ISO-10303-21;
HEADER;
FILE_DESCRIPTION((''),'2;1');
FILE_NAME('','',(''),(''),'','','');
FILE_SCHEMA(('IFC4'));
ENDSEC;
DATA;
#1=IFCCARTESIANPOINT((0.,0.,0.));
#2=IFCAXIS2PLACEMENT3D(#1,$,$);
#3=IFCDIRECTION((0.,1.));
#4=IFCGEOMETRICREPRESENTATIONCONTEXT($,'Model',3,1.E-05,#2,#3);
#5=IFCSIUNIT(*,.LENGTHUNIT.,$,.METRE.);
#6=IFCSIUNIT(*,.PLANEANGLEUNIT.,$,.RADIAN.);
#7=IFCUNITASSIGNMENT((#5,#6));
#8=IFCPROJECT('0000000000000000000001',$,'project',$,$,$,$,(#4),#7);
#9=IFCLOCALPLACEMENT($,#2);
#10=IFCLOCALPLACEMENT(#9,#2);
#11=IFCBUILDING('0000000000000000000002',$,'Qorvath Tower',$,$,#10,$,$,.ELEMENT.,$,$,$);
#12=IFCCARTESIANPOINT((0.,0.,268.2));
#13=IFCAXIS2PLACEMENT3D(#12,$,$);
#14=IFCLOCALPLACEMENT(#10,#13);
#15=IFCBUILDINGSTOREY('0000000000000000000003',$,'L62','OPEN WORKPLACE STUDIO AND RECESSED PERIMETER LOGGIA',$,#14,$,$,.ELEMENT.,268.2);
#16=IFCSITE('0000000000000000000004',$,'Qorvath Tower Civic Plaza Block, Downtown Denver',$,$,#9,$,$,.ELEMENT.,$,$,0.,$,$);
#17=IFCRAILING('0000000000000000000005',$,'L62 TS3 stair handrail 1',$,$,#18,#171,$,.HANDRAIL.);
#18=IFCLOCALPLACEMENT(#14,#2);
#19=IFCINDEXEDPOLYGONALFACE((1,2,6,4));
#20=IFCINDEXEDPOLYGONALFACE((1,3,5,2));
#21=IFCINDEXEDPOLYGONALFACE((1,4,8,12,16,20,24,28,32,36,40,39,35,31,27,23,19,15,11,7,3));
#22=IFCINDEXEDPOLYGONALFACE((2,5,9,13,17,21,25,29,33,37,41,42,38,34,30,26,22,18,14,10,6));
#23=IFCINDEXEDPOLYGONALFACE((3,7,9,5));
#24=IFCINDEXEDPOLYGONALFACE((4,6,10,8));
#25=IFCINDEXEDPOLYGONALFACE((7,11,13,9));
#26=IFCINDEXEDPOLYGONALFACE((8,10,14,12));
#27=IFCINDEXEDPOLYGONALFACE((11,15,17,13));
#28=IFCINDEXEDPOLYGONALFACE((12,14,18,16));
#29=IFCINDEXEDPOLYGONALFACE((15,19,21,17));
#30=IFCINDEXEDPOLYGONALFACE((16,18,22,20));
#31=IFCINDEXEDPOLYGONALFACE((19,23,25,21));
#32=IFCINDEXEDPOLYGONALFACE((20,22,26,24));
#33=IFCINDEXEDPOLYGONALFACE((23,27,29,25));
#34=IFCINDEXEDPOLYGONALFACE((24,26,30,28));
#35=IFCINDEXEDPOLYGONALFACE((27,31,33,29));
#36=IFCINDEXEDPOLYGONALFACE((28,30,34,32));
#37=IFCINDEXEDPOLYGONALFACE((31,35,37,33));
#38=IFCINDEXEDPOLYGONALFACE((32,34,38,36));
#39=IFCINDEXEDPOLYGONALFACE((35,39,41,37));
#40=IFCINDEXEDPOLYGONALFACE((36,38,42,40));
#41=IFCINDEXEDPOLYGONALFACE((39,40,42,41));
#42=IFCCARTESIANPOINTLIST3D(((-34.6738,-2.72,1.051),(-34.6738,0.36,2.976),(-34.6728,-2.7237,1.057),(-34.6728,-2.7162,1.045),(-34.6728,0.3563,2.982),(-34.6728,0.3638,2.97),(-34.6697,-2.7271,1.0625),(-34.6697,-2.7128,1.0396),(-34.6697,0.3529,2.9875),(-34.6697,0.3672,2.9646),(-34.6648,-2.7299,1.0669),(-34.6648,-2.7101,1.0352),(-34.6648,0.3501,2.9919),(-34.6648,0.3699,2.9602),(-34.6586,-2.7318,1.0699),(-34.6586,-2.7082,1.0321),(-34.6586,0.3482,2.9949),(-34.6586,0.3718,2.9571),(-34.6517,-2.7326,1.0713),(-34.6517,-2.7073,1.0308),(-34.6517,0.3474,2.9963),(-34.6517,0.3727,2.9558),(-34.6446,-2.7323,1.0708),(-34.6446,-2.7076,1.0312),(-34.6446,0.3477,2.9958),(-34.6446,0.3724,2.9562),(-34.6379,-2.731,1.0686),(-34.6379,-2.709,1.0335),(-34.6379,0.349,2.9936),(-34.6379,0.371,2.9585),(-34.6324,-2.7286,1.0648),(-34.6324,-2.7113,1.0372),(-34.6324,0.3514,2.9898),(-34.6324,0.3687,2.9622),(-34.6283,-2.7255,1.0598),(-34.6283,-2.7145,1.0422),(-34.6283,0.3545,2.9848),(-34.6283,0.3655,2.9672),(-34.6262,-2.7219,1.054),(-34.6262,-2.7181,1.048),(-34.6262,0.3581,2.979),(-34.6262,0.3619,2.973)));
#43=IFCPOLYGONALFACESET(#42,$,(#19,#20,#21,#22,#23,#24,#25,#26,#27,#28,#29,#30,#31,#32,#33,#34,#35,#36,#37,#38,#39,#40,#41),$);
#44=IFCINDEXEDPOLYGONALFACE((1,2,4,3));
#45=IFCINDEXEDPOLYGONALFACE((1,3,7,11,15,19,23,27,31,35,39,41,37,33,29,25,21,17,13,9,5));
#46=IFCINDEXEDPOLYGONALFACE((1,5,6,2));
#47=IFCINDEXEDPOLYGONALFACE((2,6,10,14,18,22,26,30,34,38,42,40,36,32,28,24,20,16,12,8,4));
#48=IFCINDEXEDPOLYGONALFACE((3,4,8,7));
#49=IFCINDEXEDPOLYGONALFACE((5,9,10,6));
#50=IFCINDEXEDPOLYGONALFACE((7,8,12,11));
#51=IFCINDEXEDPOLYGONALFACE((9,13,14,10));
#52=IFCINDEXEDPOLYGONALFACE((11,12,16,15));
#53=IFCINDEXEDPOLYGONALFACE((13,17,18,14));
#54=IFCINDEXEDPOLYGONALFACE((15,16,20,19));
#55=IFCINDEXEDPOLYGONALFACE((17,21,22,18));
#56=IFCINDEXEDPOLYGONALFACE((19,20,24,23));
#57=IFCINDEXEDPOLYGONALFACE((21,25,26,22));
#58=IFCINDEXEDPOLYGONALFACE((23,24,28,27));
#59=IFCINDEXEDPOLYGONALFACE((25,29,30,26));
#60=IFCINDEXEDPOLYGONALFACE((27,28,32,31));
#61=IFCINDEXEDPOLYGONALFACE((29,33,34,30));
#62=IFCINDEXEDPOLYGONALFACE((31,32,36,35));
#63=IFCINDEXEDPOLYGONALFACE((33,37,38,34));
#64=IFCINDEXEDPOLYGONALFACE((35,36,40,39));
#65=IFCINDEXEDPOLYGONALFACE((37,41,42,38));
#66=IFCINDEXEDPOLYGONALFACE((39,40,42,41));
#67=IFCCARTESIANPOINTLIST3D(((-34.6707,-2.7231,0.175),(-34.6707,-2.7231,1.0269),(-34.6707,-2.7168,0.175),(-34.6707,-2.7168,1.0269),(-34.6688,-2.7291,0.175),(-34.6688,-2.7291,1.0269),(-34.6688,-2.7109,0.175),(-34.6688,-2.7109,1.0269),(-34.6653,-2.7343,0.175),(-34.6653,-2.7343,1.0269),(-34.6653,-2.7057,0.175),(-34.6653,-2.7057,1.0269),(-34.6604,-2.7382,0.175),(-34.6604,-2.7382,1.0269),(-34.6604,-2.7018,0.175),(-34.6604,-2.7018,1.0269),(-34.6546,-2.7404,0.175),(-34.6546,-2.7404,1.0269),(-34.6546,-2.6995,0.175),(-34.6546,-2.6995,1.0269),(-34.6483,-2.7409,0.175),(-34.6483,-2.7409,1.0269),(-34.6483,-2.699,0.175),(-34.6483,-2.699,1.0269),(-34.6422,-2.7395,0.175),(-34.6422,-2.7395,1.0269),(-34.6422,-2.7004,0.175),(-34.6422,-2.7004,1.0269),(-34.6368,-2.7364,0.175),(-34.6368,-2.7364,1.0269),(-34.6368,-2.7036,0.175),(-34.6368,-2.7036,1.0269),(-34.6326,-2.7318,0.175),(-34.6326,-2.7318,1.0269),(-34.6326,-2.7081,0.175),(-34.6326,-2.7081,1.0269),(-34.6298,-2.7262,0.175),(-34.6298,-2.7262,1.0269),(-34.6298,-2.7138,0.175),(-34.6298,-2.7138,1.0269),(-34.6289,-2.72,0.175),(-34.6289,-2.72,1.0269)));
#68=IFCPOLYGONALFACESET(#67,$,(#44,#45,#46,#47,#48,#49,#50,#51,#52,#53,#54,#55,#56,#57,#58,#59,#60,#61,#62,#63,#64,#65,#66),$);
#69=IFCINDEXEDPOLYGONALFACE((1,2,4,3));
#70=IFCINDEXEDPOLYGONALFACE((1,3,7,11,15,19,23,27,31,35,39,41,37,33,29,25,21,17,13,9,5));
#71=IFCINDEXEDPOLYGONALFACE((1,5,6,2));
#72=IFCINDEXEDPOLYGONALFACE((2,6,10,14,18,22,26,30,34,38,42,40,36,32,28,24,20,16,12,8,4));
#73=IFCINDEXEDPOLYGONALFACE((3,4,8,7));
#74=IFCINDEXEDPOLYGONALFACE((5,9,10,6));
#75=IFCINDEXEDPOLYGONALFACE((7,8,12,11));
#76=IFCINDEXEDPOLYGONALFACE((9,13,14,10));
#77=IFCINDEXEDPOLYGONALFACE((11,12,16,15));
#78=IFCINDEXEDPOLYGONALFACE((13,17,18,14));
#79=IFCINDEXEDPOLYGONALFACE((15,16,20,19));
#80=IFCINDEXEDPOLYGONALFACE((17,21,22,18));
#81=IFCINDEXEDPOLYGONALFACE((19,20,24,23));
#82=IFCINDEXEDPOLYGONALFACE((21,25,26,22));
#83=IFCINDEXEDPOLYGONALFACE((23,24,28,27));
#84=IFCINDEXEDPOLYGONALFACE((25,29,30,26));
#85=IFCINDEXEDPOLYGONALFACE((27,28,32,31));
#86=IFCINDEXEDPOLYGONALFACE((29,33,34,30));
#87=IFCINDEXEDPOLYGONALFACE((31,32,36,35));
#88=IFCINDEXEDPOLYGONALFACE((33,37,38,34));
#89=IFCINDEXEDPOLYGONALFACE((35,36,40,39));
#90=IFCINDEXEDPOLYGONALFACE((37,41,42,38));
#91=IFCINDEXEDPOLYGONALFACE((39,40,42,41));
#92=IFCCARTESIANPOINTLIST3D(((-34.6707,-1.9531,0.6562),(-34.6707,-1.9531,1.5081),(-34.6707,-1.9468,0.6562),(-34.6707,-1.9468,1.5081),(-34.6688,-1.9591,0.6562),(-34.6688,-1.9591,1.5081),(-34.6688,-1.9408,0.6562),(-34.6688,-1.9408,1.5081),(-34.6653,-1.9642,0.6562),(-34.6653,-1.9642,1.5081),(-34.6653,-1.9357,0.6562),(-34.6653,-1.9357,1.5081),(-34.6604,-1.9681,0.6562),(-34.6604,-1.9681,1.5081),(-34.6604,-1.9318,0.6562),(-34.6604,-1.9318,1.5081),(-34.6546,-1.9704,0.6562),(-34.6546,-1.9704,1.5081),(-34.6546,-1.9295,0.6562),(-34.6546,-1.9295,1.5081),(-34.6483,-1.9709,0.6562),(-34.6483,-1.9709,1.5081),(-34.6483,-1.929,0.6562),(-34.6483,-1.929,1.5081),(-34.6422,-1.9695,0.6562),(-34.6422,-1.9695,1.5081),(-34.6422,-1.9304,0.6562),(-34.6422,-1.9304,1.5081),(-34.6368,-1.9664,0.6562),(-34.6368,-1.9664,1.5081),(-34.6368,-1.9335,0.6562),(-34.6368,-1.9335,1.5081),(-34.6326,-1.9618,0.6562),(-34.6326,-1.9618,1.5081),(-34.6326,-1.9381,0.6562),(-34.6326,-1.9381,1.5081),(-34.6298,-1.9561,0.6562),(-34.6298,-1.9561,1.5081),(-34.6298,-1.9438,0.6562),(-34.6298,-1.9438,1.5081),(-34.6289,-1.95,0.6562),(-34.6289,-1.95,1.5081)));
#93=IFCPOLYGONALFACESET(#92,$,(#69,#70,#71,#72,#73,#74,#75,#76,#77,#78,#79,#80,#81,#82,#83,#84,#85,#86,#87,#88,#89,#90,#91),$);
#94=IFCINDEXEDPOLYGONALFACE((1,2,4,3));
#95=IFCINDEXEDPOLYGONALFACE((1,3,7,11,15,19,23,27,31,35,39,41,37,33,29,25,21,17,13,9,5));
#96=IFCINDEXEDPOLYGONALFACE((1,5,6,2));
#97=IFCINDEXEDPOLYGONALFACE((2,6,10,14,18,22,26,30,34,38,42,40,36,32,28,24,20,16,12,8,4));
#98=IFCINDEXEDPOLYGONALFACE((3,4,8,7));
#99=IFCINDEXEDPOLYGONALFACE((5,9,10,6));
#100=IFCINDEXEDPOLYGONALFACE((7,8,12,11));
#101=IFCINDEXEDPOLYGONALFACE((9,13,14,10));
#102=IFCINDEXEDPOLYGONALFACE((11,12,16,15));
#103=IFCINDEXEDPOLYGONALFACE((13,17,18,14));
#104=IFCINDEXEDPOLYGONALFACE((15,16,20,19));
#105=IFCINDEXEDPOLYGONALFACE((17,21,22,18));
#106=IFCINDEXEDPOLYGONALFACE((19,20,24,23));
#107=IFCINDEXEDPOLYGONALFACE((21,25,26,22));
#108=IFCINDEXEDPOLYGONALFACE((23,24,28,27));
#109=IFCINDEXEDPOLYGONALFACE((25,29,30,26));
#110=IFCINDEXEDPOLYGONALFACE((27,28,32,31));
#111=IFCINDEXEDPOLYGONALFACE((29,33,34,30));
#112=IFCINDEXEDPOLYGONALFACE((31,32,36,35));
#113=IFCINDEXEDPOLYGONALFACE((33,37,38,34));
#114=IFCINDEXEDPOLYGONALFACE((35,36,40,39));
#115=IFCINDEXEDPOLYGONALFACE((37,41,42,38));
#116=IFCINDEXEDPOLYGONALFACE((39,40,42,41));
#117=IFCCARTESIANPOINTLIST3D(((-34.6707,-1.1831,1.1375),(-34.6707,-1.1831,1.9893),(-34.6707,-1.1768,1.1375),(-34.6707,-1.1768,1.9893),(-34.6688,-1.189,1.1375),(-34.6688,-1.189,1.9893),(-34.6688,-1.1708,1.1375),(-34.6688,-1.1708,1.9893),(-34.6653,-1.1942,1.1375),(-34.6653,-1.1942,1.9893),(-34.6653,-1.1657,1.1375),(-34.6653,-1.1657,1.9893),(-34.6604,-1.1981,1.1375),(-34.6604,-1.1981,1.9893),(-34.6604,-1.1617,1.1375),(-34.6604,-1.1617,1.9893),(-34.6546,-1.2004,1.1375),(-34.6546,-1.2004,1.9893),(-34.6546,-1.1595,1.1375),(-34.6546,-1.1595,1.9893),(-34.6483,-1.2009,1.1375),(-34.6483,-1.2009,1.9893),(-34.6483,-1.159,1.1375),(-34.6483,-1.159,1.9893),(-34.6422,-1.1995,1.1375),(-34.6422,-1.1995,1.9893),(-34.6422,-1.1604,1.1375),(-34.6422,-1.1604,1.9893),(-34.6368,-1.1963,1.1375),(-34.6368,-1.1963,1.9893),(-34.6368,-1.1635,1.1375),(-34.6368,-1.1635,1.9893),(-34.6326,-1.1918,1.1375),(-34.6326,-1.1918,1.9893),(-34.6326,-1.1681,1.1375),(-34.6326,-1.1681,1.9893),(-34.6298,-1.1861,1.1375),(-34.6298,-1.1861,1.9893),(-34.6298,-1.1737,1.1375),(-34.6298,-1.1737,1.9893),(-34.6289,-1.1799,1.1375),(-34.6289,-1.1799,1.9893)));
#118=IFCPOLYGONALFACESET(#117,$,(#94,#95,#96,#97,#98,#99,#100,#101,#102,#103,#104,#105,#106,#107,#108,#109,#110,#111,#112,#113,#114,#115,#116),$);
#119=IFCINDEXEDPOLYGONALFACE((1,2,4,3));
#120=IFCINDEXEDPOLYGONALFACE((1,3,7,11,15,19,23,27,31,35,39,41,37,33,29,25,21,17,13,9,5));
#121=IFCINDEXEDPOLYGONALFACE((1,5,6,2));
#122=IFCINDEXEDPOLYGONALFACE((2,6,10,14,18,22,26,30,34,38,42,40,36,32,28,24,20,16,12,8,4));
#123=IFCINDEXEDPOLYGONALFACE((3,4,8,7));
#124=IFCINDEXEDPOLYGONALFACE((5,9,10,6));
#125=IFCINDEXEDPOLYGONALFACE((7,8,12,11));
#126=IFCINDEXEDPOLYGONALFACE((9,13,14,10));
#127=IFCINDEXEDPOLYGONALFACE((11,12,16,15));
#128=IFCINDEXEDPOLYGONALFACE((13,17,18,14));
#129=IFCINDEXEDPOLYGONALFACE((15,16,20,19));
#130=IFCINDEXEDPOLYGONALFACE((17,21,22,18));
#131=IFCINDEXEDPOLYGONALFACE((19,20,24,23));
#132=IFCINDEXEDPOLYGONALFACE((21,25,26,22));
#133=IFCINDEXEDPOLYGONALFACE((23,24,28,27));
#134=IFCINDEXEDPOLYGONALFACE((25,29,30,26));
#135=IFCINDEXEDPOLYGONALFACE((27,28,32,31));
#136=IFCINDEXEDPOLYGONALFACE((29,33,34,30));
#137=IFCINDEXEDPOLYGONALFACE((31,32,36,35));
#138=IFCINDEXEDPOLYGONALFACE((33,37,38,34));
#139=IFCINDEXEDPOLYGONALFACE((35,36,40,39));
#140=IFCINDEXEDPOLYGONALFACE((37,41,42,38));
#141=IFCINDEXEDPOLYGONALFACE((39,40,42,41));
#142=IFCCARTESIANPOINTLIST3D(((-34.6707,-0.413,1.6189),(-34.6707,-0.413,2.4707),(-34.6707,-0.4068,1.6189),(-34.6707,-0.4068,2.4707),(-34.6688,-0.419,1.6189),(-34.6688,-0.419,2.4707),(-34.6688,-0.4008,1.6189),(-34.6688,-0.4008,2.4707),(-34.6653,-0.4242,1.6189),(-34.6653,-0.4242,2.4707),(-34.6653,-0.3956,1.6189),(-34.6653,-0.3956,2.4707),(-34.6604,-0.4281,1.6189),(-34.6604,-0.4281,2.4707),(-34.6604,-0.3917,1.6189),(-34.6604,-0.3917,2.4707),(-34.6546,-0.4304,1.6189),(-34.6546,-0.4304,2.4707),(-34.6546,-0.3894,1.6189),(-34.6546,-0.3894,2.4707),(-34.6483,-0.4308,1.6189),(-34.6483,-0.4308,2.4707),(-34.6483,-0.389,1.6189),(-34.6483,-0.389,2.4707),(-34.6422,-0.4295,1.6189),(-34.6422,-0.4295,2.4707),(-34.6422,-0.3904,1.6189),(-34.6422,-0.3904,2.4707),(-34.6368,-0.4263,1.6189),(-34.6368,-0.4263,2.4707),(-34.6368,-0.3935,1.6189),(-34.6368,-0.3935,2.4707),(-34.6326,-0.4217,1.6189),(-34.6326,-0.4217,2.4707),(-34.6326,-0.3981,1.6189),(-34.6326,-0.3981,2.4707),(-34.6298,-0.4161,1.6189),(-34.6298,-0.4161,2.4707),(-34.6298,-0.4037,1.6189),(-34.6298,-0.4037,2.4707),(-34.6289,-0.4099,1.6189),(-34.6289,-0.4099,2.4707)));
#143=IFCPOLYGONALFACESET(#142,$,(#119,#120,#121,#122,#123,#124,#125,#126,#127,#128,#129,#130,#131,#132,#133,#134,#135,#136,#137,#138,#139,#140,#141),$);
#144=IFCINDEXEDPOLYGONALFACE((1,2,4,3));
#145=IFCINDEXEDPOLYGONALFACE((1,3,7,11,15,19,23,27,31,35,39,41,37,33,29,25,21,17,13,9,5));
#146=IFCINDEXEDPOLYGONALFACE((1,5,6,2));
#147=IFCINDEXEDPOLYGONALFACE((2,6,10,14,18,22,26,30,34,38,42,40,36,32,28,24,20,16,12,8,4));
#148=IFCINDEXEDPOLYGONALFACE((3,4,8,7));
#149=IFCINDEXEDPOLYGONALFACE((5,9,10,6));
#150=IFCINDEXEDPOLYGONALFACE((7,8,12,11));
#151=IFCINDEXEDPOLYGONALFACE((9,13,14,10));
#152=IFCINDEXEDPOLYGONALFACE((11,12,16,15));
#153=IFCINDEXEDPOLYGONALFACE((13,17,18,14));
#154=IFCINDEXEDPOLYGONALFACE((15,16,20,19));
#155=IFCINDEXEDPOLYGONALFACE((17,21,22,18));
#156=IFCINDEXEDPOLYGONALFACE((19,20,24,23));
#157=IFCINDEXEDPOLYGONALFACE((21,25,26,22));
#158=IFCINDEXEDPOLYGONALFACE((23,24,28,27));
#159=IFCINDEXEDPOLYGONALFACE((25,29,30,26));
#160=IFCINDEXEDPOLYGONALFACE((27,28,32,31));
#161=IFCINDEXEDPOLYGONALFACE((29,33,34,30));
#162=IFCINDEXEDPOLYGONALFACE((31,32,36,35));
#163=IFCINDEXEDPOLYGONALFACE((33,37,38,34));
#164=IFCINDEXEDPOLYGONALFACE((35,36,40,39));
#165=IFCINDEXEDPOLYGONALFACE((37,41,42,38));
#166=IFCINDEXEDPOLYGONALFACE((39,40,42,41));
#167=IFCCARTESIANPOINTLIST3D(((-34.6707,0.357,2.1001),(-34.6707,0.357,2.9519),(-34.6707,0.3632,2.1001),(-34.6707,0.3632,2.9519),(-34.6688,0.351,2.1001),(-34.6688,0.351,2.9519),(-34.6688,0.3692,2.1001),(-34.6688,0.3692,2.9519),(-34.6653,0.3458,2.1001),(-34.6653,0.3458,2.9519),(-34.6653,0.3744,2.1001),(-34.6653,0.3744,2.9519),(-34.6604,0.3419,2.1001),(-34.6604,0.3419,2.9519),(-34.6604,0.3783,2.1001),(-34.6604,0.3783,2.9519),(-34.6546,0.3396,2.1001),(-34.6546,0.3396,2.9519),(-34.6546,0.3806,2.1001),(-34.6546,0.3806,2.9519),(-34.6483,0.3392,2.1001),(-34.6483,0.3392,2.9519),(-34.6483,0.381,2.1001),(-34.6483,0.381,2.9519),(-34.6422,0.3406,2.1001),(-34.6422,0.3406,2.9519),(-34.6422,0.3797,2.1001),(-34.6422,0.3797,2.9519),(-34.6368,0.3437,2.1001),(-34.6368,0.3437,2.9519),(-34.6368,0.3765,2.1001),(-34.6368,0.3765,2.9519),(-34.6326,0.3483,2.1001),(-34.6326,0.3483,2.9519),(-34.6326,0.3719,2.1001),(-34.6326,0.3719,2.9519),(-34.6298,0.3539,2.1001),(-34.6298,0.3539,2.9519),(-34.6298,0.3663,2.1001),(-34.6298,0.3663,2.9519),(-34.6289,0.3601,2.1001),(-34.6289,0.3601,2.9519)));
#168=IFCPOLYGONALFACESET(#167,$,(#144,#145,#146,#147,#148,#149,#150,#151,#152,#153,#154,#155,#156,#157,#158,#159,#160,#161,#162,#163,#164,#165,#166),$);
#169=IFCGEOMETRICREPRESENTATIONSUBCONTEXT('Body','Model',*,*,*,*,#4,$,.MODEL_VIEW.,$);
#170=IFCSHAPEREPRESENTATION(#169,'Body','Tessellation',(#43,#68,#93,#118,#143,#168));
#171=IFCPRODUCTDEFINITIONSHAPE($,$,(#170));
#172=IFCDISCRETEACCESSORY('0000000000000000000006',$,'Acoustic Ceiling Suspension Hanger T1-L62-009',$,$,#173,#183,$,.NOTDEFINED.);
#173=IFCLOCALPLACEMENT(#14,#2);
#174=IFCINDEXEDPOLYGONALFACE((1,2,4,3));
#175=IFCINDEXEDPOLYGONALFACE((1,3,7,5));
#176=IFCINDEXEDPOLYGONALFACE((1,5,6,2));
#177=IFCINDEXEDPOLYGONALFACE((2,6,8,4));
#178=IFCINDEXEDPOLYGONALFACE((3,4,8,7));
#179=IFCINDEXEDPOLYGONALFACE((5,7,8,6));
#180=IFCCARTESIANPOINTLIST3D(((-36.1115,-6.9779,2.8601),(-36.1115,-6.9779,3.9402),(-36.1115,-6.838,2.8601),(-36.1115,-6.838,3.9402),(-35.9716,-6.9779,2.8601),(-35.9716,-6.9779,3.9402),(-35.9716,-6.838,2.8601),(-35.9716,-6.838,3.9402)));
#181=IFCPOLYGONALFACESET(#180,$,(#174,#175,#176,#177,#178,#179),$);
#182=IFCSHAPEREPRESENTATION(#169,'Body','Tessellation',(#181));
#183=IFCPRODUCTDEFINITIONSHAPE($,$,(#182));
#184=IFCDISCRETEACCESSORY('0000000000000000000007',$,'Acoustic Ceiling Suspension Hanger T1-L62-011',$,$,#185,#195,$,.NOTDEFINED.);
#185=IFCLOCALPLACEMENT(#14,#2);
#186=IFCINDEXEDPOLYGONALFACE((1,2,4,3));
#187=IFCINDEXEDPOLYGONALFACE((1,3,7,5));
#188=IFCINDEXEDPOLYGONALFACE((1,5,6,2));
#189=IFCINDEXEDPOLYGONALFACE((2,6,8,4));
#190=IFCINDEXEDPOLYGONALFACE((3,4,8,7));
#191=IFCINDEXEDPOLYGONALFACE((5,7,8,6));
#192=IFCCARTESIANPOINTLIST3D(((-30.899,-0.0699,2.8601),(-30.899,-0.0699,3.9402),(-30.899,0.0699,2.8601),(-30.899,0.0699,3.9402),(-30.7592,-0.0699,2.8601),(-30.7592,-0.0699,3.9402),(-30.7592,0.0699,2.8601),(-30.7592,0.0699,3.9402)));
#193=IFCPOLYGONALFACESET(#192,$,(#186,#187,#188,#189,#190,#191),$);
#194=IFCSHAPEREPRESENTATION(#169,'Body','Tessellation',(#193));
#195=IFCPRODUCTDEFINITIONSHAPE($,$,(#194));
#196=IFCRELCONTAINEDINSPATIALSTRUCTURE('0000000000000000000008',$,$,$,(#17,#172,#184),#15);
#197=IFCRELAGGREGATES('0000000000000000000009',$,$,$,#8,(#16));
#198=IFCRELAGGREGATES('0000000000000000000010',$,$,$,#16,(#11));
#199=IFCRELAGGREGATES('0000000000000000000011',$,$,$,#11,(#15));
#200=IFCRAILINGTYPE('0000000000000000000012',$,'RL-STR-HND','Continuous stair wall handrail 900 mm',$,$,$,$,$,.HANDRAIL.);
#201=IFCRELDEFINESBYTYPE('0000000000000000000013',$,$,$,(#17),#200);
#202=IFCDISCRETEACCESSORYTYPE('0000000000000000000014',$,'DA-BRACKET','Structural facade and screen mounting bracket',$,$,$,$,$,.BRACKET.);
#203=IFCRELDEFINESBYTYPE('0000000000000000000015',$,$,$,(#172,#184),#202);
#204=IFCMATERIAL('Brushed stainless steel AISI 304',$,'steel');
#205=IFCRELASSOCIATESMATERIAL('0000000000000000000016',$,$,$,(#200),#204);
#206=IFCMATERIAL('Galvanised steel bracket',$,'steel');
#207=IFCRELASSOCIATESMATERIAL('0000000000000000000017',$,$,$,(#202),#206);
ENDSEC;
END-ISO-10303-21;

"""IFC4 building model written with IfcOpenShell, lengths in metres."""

from ifc_helpers import new_model, si_unit, direction, frame, origin, origin_2d, place, context, subcontext, project, spatial, rectangle, circle, extrude, material, type_object, element, save


model = new_model("IFC4")

# Units and contexts
model_context = context("Model", 3, precision=1e-05, world=origin(), true_north=direction((0.0, 1.0)))
body_context = subcontext(model_context, "Body", "Model", "MODEL_VIEW")
ifc_project = project(units=[si_unit("LENGTHUNIT", "METRE"), si_unit("PLANEANGLEUNIT", "RADIAN")], contexts=[model_context])

# Site, building, storey
site_placement = place(None, origin())
site = spatial("IfcSite", under=ifc_project, at=site_placement, Name="Qorvath Tower Civic Plaza Block, Downtown Denver", CompositionType="ELEMENT", RefElevation=0.0)
building_placement = place(site_placement, origin())
building = spatial("IfcBuilding", under=site, at=building_placement, Name="Qorvath Tower", CompositionType="ELEMENT")
storey_placement = place(building_placement, frame((0.0, 0.0, 268.2)))
storey = spatial("IfcBuildingStorey", under=building, at=storey_placement, Name="L62", Description="OPEN WORKPLACE STUDIO AND RECESSED PERIMETER LOGGIA", CompositionType="ELEMENT", Elevation=268.2)

# Railing
ifc_material_1 = material(Name="Brushed stainless steel AISI 304", Category="steel")
railing_type_1 = type_object("IfcRailingType", Name="RL-STR-HND", Description="Continuous stair wall handrail 900 mm", PredefinedType="HANDRAIL", material=ifc_material_1)
railing_1_placement = place(storey_placement, frame((-34.6499, -2.72, 0.175)))
element("IfcRailing", 1, at=railing_1_placement, inside=storey, type_object=railing_type_1, Name="L62 TS3 stair handrail 1", PredefinedType="HANDRAIL", context=body_context, shape_type="SweptSolid", body=[
    extrude(circle(Radius=0.0239, at=origin_2d()), frame((0.0, 0.0, 0.876), z_axis=(0.0, 0.847998, 0.529999), x_axis=(-1.0, 0.0, 0.0)), (0.0, 0.0, 1.0), 3.6321),
    extrude(circle(Radius=0.021, at=origin_2d()), origin(), (0.0, 0.0, 1.0), 0.8518),
    extrude(circle(Radius=0.021, at=origin_2d()), frame((0.0, 0.77, 0.4812)), (0.0, 0.0, 1.0), 0.8518),
    extrude(circle(Radius=0.021, at=origin_2d()), frame((0.0, 1.54, 0.9624)), (0.0, 0.0, 1.0), 0.8518),
    extrude(circle(Radius=0.021, at=origin_2d()), frame((0.0, 2.3101, 1.4438)), (0.0, 0.0, 1.0), 0.8518),
    extrude(circle(Radius=0.021, at=origin_2d()), frame((0.0, 3.0801, 1.925)), (0.0, 0.0, 1.0), 0.8518),
])

# Discrete accessories
ifc_material_2 = material(Name="Galvanised steel bracket", Category="steel")
discrete_accessory_type = type_object("IfcDiscreteAccessoryType", Name="DA-BRACKET", Description="Structural facade and screen mounting bracket", PredefinedType="BRACKET", material=ifc_material_2)
for number, where, z_axis, x_axis, name in (
    (2, (-36.0415, -6.908, 2.8601), (0.0, 0.0, 1.0), (1.0, 0.0, 0.0), "Acoustic Ceiling Suspension Hanger T1-L62-009"),
    (3, (-30.8291, 0.0, 2.8601), (0.0, 0.0, 1.0), (1.0, 0.0, 0.0), "Acoustic Ceiling Suspension Hanger T1-L62-011"),
):
    element("IfcDiscreteAccessory", number, at=place(storey_placement, frame(where, z_axis=z_axis, x_axis=x_axis)), inside=storey, type_object=discrete_accessory_type, Name=name, PredefinedType="NOTDEFINED", context=body_context, shape_type="SweptSolid", body=[
        extrude(rectangle(XDim=0.1399, YDim=0.1399, at=origin_2d()), origin(), (0.0, 0.0, 1.0), 1.0801),
    ])

save(model, "model.ifc")
